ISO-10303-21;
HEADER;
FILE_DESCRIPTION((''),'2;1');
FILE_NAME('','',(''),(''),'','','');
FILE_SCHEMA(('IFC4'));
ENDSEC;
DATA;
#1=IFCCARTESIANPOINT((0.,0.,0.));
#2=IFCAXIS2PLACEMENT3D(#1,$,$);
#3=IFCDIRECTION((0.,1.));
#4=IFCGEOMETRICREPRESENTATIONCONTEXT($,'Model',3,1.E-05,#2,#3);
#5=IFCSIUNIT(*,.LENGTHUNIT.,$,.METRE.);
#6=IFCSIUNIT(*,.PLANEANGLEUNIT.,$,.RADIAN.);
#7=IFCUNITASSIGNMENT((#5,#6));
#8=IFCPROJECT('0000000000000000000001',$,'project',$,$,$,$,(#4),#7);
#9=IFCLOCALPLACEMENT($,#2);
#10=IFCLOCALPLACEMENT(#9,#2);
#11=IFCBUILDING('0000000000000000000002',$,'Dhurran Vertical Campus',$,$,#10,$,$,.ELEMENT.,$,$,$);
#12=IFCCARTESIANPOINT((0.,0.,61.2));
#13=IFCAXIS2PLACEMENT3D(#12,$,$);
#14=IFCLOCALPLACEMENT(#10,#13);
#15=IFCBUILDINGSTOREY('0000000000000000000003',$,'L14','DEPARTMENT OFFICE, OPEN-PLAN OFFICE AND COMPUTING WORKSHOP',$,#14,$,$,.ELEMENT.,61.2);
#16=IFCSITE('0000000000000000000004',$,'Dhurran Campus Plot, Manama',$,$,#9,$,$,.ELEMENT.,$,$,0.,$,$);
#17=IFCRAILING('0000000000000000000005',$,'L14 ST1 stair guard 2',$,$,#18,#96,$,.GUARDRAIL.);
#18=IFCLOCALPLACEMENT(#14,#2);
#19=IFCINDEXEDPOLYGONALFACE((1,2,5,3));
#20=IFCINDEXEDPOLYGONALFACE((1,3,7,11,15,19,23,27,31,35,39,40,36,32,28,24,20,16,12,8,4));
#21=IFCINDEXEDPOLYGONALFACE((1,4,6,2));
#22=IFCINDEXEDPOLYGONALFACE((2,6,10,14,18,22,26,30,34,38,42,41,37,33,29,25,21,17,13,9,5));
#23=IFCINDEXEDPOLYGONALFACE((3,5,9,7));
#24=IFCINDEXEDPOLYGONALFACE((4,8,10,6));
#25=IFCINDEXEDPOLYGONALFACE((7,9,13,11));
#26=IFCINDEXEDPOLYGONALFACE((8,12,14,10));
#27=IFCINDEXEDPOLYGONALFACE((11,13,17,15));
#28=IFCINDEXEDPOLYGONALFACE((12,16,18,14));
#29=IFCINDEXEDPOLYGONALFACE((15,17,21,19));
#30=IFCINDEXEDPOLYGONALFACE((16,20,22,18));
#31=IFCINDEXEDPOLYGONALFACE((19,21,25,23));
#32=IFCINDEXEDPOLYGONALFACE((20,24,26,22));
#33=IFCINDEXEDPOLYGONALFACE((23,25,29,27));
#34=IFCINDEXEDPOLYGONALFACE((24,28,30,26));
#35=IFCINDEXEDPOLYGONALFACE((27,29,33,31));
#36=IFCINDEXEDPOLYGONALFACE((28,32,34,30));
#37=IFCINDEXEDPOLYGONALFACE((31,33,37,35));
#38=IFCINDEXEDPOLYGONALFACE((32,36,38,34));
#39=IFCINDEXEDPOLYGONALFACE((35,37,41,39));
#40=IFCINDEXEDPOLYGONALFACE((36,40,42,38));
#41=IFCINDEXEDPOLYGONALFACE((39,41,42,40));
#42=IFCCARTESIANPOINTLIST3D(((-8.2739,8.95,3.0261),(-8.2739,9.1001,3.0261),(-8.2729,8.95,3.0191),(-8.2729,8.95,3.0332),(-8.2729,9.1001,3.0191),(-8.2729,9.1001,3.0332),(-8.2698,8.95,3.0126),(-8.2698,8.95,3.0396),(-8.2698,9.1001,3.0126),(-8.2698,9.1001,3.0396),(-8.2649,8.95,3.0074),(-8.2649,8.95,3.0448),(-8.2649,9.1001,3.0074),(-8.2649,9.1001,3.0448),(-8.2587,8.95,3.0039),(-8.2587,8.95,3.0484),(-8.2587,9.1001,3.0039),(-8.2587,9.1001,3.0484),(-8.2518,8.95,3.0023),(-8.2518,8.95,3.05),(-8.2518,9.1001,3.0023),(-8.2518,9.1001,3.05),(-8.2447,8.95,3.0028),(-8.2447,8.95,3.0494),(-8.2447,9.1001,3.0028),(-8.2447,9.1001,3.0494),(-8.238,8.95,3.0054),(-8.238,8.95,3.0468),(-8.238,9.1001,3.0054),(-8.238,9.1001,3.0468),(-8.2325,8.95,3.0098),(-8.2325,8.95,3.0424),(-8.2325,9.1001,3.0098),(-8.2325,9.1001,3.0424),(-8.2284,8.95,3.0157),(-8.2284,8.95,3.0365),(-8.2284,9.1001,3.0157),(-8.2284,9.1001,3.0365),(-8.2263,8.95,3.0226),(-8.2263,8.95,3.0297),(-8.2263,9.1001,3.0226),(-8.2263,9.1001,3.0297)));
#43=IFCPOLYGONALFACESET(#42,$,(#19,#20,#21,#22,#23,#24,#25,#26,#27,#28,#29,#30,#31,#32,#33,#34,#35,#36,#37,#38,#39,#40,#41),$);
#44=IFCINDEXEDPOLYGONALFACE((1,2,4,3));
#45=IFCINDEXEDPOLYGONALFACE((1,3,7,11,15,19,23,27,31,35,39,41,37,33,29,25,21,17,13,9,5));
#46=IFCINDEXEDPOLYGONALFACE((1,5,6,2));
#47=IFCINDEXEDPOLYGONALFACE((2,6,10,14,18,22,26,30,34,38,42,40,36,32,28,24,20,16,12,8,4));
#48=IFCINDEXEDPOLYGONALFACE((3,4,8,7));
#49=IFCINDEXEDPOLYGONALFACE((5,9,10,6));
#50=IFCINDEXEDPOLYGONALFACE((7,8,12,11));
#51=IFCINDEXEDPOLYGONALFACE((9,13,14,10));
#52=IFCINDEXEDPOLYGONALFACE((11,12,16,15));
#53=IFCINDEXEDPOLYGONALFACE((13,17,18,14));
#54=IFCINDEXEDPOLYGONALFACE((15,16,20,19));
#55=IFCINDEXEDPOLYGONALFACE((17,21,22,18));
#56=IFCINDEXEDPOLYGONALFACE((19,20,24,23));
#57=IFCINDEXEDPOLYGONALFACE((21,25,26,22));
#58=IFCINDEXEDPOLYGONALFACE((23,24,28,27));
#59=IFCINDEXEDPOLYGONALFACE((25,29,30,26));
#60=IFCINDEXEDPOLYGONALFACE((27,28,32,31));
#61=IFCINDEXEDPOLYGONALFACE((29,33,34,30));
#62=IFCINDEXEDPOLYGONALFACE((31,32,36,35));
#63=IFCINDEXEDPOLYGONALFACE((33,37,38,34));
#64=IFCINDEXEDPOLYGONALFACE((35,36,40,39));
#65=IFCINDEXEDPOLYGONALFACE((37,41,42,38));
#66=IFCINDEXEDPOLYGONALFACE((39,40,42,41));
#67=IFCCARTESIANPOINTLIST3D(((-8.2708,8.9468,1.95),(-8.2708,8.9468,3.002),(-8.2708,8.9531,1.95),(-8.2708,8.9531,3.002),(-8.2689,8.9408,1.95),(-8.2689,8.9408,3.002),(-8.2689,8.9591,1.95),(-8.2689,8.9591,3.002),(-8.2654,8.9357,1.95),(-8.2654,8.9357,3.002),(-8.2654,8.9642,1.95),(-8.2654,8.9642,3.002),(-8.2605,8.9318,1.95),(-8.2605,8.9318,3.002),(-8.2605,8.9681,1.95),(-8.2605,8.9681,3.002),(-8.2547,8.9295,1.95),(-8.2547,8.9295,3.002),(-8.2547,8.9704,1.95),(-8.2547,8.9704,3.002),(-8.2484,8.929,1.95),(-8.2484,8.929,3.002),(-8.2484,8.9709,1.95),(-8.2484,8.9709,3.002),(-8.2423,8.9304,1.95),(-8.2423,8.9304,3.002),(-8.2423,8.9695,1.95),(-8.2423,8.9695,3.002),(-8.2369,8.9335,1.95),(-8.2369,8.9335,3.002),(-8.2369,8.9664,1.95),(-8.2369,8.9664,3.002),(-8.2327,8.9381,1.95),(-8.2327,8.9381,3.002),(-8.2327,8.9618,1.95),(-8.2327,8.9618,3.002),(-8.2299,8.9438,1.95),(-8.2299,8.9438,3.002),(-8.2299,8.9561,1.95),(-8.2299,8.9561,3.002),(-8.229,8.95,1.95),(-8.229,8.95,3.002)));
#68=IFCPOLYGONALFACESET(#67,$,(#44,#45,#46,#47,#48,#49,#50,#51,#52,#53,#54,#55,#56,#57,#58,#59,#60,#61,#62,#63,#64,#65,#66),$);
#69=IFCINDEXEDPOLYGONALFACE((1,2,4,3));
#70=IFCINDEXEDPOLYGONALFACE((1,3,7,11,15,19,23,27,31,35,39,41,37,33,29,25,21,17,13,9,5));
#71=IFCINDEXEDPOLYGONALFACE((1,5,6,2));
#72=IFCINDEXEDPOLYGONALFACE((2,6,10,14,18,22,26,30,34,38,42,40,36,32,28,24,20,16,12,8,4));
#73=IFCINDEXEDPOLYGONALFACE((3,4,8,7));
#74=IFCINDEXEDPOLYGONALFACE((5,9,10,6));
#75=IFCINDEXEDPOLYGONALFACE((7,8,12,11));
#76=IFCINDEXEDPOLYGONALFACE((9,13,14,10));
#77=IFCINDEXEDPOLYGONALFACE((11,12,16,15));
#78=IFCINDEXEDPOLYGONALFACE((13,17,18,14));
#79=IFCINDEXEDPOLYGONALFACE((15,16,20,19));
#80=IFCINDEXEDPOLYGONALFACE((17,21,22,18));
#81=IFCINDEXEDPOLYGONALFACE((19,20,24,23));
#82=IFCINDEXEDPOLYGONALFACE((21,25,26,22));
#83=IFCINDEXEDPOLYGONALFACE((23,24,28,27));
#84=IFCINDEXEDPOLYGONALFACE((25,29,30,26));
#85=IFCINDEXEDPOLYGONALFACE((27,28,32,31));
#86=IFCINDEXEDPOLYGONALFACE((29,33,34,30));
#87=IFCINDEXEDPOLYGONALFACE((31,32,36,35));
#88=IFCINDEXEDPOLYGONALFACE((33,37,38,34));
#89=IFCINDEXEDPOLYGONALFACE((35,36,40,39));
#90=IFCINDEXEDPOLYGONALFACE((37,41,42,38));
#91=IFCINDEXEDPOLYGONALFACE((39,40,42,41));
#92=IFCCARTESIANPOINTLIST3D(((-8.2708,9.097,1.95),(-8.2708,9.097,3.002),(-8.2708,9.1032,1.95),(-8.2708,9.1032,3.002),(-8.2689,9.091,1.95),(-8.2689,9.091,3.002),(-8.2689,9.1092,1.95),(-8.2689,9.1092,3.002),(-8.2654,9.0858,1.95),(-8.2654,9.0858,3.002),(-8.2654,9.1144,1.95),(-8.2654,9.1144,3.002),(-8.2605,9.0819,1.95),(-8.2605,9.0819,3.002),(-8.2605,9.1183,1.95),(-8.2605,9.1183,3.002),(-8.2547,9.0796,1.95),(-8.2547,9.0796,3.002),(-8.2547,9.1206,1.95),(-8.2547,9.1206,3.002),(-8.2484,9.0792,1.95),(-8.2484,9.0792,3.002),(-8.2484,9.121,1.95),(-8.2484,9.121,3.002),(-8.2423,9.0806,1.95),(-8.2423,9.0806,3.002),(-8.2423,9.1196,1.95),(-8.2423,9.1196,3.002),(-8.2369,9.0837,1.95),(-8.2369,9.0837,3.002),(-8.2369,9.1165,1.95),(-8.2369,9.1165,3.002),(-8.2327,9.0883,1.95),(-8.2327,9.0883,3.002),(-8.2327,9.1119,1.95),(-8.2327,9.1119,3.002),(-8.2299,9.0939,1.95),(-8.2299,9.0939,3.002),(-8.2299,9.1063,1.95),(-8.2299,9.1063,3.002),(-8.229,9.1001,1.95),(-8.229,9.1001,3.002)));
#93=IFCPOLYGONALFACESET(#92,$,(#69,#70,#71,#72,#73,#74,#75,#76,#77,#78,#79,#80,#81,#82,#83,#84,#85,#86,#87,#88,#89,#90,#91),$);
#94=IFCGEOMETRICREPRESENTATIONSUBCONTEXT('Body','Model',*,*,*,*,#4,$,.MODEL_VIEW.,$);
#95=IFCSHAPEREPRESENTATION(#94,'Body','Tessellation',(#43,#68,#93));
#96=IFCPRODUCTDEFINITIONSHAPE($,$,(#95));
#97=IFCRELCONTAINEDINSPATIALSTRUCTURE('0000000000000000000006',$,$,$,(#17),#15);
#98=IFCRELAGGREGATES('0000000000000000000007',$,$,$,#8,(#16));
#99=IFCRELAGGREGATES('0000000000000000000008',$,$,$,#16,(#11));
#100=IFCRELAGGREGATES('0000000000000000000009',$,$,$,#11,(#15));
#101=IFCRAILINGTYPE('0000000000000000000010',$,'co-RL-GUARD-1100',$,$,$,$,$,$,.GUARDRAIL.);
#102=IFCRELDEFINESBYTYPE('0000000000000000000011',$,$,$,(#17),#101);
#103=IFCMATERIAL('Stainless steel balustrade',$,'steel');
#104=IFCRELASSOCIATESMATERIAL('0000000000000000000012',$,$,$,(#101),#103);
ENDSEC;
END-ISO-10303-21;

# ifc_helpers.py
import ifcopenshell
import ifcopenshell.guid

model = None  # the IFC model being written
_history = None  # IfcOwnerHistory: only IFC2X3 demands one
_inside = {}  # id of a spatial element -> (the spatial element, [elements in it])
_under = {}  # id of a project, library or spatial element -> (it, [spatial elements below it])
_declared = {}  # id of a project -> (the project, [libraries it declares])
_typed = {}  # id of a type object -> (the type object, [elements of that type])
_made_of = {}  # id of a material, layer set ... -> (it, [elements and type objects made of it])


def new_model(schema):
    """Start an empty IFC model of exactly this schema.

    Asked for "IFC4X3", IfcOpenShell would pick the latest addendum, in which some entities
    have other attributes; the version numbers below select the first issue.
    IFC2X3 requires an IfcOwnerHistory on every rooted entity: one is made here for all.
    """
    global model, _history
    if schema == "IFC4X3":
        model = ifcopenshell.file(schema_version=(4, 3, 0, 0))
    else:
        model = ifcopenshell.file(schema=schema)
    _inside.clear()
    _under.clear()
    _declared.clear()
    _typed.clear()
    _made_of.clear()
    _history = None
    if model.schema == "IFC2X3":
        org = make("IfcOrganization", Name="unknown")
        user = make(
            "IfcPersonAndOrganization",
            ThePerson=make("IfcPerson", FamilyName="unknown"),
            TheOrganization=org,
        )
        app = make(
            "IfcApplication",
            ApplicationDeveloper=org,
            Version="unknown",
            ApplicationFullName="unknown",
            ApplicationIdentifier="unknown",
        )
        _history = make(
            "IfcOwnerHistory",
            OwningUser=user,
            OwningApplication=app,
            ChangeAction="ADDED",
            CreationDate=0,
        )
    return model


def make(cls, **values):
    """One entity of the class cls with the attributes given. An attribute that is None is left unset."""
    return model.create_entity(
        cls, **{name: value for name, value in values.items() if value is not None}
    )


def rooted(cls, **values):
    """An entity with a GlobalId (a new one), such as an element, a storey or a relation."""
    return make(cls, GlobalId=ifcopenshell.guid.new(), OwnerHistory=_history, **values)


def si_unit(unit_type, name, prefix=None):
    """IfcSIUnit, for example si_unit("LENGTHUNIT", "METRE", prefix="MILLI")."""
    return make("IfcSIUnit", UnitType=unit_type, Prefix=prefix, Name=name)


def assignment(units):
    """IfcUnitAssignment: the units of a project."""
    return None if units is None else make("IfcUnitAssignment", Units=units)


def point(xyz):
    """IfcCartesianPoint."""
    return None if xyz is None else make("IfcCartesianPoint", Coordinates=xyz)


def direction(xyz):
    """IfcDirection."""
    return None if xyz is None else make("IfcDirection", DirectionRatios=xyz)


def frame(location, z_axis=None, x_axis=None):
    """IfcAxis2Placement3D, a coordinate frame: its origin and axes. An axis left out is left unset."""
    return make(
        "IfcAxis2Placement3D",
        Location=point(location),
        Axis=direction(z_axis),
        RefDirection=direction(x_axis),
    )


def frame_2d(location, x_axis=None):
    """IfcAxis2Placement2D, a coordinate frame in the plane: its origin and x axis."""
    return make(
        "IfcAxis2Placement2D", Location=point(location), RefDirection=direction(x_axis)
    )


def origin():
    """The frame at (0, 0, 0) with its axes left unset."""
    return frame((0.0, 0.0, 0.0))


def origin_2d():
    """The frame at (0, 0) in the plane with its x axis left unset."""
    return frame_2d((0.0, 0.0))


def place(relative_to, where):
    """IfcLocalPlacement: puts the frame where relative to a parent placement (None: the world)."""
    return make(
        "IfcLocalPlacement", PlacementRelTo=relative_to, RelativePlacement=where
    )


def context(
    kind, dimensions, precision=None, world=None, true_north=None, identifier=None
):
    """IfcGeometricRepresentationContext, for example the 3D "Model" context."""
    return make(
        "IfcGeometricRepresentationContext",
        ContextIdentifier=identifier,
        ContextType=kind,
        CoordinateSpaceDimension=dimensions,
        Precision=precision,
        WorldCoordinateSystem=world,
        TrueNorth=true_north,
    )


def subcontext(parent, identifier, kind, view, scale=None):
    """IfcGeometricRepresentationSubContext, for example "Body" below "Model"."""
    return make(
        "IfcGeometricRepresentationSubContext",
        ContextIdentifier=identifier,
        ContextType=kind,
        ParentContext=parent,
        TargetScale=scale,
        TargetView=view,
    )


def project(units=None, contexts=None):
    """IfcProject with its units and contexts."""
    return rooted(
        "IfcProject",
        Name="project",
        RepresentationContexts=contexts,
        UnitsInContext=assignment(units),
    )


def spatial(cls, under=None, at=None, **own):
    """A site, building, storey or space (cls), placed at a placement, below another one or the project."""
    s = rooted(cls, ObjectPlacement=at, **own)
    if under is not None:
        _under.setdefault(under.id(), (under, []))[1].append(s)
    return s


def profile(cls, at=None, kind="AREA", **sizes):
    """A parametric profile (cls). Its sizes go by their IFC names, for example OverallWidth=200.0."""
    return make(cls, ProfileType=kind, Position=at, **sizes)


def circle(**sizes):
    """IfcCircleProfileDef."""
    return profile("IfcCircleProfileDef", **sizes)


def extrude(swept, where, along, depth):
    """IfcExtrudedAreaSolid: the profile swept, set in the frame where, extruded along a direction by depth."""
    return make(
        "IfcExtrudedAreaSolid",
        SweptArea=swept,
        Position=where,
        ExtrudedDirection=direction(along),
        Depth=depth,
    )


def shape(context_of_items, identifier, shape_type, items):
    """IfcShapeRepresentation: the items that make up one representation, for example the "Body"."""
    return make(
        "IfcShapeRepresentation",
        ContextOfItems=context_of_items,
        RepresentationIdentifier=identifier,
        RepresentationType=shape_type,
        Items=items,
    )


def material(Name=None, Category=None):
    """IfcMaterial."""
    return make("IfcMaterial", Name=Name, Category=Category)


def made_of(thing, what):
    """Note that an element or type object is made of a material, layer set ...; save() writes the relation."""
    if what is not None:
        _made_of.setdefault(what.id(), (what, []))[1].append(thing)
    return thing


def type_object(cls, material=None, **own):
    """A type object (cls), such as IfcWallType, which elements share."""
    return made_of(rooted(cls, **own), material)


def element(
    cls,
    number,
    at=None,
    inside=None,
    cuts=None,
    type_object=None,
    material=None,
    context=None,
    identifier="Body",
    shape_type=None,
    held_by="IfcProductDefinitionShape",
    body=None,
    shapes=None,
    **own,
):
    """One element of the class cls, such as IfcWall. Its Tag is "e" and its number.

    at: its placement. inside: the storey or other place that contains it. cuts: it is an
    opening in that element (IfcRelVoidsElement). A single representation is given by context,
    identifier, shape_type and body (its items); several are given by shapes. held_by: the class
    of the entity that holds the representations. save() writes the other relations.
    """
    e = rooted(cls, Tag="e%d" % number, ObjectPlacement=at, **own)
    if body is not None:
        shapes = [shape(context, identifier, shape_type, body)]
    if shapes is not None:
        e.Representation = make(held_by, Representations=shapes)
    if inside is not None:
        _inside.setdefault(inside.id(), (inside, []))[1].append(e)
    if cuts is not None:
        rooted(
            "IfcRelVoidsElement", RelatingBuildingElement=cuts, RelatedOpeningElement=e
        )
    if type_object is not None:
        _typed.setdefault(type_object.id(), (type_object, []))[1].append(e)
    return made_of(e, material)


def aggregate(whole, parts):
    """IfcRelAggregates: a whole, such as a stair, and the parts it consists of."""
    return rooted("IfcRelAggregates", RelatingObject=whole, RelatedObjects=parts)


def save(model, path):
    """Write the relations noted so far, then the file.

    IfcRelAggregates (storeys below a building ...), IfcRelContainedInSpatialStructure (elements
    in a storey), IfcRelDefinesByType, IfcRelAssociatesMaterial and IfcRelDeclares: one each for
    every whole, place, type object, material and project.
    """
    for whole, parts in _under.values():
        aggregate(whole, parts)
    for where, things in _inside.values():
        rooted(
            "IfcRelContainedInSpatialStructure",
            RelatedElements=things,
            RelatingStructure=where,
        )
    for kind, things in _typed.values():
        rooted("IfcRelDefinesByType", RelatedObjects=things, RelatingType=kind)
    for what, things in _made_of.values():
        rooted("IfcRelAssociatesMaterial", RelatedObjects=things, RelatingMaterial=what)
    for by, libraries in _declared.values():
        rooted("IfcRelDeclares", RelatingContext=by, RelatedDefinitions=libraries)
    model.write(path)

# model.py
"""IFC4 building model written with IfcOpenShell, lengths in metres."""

from ifc_helpers import new_model, si_unit, direction, frame, origin, origin_2d, place, context, subcontext, project, spatial, circle, extrude, material, type_object, element, save


model = new_model("IFC4")

# Units and contexts
model_context = context("Model", 3, precision=1e-05, world=origin(), true_north=direction((0.0, 1.0)))
body_context = subcontext(model_context, "Body", "Model", "MODEL_VIEW")
ifc_project = project(units=[si_unit("LENGTHUNIT", "METRE"), si_unit("PLANEANGLEUNIT", "RADIAN")], contexts=[model_context])

# Site, building, storey
site_placement = place(None, origin())
site = spatial("IfcSite", under=ifc_project, at=site_placement, Name="Dhurran Campus Plot, Manama", CompositionType="ELEMENT", RefElevation=0.0)
building_placement = place(site_placement, origin())
building = spatial("IfcBuilding", under=site, at=building_placement, Name="Dhurran Vertical Campus", CompositionType="ELEMENT")
storey_placement = place(building_placement, frame((0.0, 0.0, 61.2)))
storey = spatial("IfcBuildingStorey", under=building, at=storey_placement, Name="L14", Description="DEPARTMENT OFFICE, OPEN-PLAN OFFICE AND COMPUTING WORKSHOP", CompositionType="ELEMENT", Elevation=61.2)

# Railing
ifc_material_1 = material(Name="Stainless steel balustrade", Category="steel")
railing_type_1 = type_object("IfcRailingType", Name="co-RL-GUARD-1100", PredefinedType="GUARDRAIL", material=ifc_material_1)
railing_1_placement = place(storey_placement, frame((-8.25, 8.95, 1.95)))
element("IfcRailing", 1, at=railing_1_placement, inside=storey, type_object=railing_type_1, Name="L14 ST1 stair guard 2", PredefinedType="GUARDRAIL", context=body_context, shape_type="SweptSolid", body=[
    extrude(circle(Radius=0.0239, at=origin_2d()), frame((0.0, 0.0, 1.0762), z_axis=(0.0, 1.0, 0.0), x_axis=(-1.0, 0.0, 0.0)), (0.0, 0.0, 1.0), 0.1501),
    extrude(circle(Radius=0.021, at=origin_2d()), origin(), (0.0, 0.0, 1.0), 1.052),
    extrude(circle(Radius=0.021, at=origin_2d()), frame((0.0, 0.1501, 0.0)), (0.0, 0.0, 1.0), 1.052),
])

save(model, "model.ifc")
